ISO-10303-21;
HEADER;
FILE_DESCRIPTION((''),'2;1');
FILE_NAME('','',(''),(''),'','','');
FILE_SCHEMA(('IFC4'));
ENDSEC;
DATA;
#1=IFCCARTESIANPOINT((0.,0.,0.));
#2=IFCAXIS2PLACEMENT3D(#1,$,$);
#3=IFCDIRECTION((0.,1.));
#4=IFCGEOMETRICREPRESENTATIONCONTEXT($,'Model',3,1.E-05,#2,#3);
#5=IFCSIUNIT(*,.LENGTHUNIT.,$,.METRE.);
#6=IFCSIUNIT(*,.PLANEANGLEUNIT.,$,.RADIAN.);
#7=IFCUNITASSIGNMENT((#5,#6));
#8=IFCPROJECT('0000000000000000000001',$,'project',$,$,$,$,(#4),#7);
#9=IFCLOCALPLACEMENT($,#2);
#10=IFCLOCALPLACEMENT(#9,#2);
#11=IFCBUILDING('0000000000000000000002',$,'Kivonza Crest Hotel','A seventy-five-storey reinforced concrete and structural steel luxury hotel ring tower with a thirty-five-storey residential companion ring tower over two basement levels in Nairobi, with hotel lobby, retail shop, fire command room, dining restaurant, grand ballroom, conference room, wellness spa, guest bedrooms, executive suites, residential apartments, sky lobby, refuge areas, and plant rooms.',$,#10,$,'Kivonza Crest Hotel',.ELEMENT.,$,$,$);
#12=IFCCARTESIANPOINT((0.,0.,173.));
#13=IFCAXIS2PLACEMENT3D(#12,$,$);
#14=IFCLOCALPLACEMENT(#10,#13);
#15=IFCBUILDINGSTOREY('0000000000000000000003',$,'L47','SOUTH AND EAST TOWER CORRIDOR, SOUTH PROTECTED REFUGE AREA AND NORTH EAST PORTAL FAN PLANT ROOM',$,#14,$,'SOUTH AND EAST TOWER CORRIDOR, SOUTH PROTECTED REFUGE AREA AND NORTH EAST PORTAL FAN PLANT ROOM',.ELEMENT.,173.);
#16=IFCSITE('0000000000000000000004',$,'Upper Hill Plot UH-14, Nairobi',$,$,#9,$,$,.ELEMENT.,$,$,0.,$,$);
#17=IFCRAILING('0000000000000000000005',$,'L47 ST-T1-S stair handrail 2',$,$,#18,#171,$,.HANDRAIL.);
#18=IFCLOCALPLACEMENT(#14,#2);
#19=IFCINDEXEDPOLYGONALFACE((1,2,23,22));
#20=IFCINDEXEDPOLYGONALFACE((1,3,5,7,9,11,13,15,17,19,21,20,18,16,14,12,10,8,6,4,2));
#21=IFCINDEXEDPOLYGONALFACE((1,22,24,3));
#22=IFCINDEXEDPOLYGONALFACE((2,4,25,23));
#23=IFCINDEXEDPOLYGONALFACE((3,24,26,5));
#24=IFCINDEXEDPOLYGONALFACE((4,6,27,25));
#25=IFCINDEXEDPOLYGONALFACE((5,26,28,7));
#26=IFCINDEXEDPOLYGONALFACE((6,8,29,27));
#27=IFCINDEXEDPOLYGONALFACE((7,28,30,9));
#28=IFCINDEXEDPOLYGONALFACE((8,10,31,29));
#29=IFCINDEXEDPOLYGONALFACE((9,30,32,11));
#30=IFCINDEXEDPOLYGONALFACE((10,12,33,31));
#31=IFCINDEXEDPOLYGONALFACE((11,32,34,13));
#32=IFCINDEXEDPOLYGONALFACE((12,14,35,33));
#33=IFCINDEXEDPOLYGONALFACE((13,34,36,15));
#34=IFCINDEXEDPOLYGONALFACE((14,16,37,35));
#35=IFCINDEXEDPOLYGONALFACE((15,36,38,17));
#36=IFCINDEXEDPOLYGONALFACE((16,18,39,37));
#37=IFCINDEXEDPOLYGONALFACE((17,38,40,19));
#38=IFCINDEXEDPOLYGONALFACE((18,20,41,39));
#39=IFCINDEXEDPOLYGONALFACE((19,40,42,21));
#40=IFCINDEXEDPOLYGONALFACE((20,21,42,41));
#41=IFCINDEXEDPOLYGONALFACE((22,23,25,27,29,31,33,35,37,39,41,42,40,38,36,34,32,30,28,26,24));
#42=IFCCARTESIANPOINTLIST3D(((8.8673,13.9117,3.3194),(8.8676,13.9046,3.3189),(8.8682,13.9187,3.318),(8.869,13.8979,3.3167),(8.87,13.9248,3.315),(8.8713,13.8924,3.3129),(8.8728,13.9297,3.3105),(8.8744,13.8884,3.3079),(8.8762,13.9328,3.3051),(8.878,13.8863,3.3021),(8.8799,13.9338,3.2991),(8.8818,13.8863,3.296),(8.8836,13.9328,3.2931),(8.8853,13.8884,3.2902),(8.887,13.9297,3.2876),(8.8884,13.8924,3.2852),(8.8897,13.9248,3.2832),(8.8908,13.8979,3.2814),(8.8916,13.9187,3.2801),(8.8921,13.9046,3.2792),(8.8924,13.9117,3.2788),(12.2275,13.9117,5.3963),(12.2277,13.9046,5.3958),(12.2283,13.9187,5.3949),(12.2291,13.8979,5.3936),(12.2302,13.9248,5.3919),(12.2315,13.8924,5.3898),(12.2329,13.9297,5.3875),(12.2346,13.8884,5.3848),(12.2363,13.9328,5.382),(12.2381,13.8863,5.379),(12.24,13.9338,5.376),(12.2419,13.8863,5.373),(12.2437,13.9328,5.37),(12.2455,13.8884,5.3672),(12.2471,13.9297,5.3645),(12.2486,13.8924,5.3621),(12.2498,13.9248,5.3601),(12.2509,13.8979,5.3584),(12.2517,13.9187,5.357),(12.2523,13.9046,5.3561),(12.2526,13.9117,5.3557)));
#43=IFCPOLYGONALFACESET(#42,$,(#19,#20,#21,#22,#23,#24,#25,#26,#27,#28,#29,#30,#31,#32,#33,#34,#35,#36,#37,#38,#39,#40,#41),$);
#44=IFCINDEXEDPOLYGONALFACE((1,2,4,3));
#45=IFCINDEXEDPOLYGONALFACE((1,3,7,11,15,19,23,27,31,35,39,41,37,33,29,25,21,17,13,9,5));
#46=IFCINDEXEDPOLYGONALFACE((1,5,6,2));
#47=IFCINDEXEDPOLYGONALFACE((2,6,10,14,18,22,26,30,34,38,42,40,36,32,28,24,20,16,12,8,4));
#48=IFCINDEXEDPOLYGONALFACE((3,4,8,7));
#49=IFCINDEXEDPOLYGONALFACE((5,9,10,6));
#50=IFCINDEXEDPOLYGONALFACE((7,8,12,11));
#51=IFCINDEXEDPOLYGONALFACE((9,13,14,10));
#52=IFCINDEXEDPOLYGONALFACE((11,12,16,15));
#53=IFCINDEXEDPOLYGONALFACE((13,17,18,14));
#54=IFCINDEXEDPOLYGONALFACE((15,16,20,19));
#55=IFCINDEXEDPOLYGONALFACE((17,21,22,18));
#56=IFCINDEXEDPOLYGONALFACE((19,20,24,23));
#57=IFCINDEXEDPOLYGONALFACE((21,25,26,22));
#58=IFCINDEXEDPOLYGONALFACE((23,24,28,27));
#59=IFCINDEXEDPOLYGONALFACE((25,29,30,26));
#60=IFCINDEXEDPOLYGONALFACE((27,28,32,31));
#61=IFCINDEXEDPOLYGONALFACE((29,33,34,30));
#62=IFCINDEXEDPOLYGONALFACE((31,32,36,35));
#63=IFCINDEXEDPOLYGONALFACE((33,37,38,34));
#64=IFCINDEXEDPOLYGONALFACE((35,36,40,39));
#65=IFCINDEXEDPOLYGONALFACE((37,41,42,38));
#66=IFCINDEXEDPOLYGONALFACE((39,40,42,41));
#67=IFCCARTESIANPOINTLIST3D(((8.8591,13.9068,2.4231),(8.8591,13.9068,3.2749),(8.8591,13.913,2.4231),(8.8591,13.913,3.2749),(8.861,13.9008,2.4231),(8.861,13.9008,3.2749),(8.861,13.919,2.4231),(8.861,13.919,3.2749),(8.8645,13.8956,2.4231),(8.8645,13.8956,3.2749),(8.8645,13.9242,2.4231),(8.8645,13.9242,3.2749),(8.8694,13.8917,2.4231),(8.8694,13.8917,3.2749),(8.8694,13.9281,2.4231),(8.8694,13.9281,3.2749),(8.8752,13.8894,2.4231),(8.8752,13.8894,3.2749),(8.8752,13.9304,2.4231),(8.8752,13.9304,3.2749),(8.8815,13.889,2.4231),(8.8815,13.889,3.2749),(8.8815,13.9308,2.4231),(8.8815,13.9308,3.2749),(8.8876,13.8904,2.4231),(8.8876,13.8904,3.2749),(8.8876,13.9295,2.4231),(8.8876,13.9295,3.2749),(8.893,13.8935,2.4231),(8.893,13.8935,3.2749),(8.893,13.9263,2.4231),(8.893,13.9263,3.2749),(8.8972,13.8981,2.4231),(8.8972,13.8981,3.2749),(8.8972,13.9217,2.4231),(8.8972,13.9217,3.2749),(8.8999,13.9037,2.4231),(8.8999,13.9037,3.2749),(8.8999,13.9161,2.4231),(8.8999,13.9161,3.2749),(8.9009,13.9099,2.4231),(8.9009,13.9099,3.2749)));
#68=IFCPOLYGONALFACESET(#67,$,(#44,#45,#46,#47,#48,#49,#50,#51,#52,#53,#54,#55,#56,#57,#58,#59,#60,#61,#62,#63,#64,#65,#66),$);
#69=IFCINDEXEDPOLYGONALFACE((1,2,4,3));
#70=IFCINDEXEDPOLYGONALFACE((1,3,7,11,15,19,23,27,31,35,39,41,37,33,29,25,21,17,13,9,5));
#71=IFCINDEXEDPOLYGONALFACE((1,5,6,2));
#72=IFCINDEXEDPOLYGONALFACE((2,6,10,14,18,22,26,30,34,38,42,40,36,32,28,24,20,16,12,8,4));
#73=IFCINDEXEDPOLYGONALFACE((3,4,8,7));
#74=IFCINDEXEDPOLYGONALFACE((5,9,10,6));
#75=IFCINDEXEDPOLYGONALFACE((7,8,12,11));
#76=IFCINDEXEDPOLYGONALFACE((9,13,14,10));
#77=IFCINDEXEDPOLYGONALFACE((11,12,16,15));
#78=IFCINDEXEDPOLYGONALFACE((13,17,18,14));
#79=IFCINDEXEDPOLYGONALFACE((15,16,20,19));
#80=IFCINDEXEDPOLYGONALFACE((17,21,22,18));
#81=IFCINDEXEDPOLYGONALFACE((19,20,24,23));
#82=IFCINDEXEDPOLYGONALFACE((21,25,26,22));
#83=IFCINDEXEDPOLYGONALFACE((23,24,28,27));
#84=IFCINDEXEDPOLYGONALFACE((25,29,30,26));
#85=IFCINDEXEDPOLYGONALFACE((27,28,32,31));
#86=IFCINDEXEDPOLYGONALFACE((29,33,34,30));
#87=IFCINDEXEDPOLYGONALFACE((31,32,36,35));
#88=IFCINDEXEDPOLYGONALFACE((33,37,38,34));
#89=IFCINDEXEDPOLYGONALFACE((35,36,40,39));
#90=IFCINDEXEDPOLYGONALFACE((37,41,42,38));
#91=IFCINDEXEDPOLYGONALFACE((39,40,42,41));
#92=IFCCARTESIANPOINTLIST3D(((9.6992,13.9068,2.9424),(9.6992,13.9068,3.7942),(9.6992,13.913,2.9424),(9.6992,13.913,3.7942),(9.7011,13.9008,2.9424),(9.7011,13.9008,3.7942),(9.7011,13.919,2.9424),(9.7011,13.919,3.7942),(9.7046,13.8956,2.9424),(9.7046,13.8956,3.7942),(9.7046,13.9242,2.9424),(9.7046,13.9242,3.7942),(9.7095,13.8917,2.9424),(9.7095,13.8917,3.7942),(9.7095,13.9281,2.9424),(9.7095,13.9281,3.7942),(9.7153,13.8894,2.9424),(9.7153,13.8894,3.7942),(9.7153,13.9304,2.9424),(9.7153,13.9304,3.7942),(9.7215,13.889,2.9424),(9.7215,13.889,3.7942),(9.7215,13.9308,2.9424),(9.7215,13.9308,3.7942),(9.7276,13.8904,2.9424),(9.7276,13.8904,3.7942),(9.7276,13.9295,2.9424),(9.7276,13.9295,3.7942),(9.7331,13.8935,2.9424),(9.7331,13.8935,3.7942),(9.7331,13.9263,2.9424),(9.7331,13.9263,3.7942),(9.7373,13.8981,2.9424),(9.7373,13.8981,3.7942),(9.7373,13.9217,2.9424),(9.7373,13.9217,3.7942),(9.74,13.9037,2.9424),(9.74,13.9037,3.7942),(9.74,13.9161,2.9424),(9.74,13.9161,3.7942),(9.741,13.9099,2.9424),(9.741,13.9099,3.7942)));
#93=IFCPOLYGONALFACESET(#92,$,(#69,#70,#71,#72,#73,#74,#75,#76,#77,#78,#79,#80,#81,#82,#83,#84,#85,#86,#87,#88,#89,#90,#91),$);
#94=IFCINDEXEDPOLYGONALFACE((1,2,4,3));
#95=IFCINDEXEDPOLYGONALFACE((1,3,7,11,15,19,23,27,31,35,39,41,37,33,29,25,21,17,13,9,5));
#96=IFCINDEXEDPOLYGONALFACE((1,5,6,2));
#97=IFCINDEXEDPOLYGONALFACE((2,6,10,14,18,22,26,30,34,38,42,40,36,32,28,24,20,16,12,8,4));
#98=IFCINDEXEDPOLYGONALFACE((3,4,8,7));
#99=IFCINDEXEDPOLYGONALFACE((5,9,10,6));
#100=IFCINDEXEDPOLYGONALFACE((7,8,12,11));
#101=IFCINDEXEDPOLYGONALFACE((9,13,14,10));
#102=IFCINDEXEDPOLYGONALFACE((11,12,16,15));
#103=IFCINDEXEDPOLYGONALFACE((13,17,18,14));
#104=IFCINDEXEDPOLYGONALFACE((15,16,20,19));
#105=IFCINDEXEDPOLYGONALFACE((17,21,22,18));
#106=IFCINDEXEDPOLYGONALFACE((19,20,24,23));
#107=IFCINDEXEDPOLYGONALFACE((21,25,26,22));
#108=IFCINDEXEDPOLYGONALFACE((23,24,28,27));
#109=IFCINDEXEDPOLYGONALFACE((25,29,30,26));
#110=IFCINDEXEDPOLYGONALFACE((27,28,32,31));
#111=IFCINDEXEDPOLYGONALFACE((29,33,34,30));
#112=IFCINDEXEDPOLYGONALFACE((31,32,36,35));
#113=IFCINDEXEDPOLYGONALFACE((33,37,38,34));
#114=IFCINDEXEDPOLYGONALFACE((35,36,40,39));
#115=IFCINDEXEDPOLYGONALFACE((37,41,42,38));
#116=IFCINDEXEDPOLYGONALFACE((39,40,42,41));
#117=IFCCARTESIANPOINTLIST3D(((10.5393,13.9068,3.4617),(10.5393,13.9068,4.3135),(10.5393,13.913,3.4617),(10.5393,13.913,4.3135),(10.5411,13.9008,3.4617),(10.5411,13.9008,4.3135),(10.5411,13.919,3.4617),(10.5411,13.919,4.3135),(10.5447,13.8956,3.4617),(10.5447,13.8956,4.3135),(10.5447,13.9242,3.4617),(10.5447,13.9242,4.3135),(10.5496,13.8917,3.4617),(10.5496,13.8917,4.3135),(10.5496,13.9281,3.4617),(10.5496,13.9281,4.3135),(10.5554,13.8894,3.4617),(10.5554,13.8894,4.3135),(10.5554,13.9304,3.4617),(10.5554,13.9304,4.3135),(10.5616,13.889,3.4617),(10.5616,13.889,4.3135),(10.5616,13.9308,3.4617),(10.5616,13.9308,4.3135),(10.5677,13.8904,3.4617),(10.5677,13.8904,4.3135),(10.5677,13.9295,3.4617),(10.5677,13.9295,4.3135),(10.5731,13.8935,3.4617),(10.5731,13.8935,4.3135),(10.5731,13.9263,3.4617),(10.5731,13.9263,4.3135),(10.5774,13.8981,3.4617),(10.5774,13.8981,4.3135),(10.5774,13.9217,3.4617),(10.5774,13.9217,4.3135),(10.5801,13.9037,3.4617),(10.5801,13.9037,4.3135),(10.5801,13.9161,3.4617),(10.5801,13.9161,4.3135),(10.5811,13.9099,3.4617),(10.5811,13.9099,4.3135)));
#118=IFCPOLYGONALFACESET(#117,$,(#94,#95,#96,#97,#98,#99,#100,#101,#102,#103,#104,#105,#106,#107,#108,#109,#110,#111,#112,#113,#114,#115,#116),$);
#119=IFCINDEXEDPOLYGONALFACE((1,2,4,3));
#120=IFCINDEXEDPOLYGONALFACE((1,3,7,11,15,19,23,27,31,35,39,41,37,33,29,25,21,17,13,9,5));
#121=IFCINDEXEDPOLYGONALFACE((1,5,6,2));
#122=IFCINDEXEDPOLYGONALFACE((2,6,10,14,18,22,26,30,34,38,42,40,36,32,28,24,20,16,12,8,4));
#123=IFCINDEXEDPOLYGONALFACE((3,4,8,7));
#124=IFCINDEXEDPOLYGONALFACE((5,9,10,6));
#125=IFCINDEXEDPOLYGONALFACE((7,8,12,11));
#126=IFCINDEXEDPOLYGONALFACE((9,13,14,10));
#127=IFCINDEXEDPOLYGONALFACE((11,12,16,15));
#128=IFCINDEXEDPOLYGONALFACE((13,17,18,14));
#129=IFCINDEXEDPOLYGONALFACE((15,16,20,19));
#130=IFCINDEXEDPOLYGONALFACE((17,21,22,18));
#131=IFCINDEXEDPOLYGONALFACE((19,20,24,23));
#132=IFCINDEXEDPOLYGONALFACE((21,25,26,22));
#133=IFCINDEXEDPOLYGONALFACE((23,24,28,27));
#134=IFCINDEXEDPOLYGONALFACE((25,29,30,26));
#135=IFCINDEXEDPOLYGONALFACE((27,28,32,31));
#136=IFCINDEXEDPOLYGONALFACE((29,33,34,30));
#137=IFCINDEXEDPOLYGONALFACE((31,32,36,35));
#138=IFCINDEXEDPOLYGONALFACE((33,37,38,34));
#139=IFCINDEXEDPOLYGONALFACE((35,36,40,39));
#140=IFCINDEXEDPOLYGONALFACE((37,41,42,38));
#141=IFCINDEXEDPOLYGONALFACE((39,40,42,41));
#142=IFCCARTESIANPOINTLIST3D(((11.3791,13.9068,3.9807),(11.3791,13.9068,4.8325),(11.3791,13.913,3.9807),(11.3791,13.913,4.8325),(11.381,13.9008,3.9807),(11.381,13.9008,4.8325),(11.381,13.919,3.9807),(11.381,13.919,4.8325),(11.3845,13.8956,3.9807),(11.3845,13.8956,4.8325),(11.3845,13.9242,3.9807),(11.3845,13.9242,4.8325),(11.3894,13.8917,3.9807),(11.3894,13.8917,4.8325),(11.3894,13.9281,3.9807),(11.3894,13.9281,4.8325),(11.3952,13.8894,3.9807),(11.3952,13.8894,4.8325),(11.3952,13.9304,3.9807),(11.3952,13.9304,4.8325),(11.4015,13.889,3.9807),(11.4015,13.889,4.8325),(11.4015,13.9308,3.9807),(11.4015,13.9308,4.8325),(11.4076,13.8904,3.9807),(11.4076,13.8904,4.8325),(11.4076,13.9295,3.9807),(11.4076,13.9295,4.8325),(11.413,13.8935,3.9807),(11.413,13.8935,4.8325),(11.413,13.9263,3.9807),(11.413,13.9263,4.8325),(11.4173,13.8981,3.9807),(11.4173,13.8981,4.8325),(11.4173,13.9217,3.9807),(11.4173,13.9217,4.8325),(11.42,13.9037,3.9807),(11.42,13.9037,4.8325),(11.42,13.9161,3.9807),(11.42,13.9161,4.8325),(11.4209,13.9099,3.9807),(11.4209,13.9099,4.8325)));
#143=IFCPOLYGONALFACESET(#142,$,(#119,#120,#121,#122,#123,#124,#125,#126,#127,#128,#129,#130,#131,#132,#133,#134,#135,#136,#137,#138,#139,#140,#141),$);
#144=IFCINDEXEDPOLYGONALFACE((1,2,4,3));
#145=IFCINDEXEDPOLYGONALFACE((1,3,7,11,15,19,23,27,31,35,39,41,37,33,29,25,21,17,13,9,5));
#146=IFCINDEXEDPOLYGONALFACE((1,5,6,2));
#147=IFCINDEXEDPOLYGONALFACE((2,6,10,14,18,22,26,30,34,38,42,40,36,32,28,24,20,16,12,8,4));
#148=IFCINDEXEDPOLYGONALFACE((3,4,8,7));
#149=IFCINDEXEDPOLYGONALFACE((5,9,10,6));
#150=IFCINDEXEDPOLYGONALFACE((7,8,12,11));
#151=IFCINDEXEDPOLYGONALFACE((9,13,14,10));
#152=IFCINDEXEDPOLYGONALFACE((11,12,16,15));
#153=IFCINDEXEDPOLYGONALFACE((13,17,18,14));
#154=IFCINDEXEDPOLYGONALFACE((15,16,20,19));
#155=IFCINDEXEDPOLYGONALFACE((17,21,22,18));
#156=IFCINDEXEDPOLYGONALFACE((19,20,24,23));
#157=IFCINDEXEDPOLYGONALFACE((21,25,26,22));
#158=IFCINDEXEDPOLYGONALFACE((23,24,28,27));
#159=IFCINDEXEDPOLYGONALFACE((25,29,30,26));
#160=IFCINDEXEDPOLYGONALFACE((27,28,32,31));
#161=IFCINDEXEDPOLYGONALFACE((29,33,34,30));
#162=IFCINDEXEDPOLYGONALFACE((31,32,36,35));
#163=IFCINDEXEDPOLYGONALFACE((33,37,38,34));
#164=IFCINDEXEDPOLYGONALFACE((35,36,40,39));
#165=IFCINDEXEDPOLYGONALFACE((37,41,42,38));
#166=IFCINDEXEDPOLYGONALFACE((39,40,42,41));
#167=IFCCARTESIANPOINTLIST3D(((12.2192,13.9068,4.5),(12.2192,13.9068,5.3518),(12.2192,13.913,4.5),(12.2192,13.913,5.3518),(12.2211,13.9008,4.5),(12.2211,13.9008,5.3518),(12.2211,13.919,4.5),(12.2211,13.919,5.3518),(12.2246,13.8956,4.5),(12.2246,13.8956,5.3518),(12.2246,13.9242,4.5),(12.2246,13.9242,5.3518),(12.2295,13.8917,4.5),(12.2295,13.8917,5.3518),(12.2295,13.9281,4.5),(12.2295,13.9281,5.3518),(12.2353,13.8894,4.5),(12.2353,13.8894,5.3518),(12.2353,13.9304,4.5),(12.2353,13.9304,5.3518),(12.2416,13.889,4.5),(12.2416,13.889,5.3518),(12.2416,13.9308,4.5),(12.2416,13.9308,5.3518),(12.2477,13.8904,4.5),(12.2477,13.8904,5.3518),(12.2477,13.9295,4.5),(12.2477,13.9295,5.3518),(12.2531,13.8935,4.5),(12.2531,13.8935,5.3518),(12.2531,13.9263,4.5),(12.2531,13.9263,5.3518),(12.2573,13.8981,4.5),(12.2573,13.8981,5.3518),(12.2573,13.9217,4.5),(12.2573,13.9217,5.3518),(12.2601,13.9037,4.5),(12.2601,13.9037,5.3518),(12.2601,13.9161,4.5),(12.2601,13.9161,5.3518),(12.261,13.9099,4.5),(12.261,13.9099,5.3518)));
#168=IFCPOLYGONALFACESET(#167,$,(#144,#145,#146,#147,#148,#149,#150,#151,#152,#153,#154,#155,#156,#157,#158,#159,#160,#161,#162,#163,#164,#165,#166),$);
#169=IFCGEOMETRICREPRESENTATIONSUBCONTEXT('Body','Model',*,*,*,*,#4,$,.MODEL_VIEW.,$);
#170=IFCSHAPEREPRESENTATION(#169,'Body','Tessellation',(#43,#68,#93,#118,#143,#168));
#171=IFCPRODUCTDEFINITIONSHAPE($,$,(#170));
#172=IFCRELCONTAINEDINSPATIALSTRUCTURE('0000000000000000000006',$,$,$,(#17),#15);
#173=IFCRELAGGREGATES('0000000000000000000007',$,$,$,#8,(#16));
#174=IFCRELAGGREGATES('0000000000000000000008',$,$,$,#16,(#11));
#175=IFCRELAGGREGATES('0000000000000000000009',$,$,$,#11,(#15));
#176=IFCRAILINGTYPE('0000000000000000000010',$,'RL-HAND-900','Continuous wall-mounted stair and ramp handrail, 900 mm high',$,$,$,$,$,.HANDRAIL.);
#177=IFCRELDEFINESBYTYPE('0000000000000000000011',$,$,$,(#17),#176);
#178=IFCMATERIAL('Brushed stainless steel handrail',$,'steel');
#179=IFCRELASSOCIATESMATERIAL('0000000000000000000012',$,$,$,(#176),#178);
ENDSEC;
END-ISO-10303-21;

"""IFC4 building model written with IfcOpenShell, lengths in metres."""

from ifc_helpers import new_model, si_unit, direction, frame, origin, origin_2d, place, context, subcontext, project, spatial, circle, extrude, material, type_object, element, save


model = new_model("IFC4")

# Units and contexts
model_context = context("Model", 3, precision=1e-05, world=origin(), true_north=direction((0.0, 1.0)))
body_context = subcontext(model_context, "Body", "Model", "MODEL_VIEW")
ifc_project = project(units=[si_unit("LENGTHUNIT", "METRE"), si_unit("PLANEANGLEUNIT", "RADIAN")], contexts=[model_context])

# Site, building, storey
site_placement = place(None, origin())
site = spatial("IfcSite", under=ifc_project, at=site_placement, Name="Upper Hill Plot UH-14, Nairobi", CompositionType="ELEMENT", RefElevation=0.0)
building_placement = place(site_placement, origin())
building = spatial("IfcBuilding", under=site, at=building_placement, Name="Kivonza Crest Hotel", Description="A seventy-five-storey reinforced concrete and structural steel luxury hotel ring tower with a thirty-five-storey residential companion ring tower over two basement levels in Nairobi, with hotel lobby, retail shop, fire command room, dining restaurant, grand ballroom, conference room, wellness spa, guest bedrooms, executive suites, residential apartments, sky lobby, refuge areas, and plant rooms.", LongName="Kivonza Crest Hotel", CompositionType="ELEMENT")
storey_placement = place(building_placement, frame((0.0, 0.0, 173.0)))
storey = spatial("IfcBuildingStorey", under=building, at=storey_placement, Name="L47", Description="SOUTH AND EAST TOWER CORRIDOR, SOUTH PROTECTED REFUGE AREA AND NORTH EAST PORTAL FAN PLANT ROOM", LongName="SOUTH AND EAST TOWER CORRIDOR, SOUTH PROTECTED REFUGE AREA AND NORTH EAST PORTAL FAN PLANT ROOM", CompositionType="ELEMENT", Elevation=173.0)

# Railing
ifc_material_1 = material(Name="Brushed stainless steel handrail", Category="steel")
railing_type_1 = type_object("IfcRailingType", Name="RL-HAND-900", Description="Continuous wall-mounted stair and ramp handrail, 900 mm high", PredefinedType="HANDRAIL", material=ifc_material_1)
railing_1_placement = place(storey_placement, frame((8.8799, 13.9099, 2.4231)))
element("IfcRailing", 1, at=railing_1_placement, inside=storey, type_object=railing_type_1, Name="L47 ST-T1-S stair handrail 2", PredefinedType="HANDRAIL", context=body_context, shape_type="SweptSolid", body=[
    extrude(circle(Radius=0.0239, at=origin_2d()), frame((0.0, 0.0, 0.876), z_axis=(0.850623, 0.0, 0.525776), x_axis=(0.0, 1.0, 0.0)), (0.0, 0.0, 1.0), 3.9502),
    extrude(circle(Radius=0.021, at=origin_2d()), origin(), (0.0, 0.0, 1.0), 0.8518),
    extrude(circle(Radius=0.021, at=origin_2d()), frame((0.8401, 0.0, 0.5193)), (0.0, 0.0, 1.0), 0.8518),
    extrude(circle(Radius=0.021, at=origin_2d()), frame((1.6802, 0.0, 1.0386)), (0.0, 0.0, 1.0), 0.8518),
    extrude(circle(Radius=0.021, at=origin_2d()), frame((2.52, 0.0, 1.5576)), (0.0, 0.0, 1.0), 0.8518),
    extrude(circle(Radius=0.021, at=origin_2d()), frame((3.3601, 0.0, 2.0769)), (0.0, 0.0, 1.0), 0.8518),
])

save(model, "model.ifc")
